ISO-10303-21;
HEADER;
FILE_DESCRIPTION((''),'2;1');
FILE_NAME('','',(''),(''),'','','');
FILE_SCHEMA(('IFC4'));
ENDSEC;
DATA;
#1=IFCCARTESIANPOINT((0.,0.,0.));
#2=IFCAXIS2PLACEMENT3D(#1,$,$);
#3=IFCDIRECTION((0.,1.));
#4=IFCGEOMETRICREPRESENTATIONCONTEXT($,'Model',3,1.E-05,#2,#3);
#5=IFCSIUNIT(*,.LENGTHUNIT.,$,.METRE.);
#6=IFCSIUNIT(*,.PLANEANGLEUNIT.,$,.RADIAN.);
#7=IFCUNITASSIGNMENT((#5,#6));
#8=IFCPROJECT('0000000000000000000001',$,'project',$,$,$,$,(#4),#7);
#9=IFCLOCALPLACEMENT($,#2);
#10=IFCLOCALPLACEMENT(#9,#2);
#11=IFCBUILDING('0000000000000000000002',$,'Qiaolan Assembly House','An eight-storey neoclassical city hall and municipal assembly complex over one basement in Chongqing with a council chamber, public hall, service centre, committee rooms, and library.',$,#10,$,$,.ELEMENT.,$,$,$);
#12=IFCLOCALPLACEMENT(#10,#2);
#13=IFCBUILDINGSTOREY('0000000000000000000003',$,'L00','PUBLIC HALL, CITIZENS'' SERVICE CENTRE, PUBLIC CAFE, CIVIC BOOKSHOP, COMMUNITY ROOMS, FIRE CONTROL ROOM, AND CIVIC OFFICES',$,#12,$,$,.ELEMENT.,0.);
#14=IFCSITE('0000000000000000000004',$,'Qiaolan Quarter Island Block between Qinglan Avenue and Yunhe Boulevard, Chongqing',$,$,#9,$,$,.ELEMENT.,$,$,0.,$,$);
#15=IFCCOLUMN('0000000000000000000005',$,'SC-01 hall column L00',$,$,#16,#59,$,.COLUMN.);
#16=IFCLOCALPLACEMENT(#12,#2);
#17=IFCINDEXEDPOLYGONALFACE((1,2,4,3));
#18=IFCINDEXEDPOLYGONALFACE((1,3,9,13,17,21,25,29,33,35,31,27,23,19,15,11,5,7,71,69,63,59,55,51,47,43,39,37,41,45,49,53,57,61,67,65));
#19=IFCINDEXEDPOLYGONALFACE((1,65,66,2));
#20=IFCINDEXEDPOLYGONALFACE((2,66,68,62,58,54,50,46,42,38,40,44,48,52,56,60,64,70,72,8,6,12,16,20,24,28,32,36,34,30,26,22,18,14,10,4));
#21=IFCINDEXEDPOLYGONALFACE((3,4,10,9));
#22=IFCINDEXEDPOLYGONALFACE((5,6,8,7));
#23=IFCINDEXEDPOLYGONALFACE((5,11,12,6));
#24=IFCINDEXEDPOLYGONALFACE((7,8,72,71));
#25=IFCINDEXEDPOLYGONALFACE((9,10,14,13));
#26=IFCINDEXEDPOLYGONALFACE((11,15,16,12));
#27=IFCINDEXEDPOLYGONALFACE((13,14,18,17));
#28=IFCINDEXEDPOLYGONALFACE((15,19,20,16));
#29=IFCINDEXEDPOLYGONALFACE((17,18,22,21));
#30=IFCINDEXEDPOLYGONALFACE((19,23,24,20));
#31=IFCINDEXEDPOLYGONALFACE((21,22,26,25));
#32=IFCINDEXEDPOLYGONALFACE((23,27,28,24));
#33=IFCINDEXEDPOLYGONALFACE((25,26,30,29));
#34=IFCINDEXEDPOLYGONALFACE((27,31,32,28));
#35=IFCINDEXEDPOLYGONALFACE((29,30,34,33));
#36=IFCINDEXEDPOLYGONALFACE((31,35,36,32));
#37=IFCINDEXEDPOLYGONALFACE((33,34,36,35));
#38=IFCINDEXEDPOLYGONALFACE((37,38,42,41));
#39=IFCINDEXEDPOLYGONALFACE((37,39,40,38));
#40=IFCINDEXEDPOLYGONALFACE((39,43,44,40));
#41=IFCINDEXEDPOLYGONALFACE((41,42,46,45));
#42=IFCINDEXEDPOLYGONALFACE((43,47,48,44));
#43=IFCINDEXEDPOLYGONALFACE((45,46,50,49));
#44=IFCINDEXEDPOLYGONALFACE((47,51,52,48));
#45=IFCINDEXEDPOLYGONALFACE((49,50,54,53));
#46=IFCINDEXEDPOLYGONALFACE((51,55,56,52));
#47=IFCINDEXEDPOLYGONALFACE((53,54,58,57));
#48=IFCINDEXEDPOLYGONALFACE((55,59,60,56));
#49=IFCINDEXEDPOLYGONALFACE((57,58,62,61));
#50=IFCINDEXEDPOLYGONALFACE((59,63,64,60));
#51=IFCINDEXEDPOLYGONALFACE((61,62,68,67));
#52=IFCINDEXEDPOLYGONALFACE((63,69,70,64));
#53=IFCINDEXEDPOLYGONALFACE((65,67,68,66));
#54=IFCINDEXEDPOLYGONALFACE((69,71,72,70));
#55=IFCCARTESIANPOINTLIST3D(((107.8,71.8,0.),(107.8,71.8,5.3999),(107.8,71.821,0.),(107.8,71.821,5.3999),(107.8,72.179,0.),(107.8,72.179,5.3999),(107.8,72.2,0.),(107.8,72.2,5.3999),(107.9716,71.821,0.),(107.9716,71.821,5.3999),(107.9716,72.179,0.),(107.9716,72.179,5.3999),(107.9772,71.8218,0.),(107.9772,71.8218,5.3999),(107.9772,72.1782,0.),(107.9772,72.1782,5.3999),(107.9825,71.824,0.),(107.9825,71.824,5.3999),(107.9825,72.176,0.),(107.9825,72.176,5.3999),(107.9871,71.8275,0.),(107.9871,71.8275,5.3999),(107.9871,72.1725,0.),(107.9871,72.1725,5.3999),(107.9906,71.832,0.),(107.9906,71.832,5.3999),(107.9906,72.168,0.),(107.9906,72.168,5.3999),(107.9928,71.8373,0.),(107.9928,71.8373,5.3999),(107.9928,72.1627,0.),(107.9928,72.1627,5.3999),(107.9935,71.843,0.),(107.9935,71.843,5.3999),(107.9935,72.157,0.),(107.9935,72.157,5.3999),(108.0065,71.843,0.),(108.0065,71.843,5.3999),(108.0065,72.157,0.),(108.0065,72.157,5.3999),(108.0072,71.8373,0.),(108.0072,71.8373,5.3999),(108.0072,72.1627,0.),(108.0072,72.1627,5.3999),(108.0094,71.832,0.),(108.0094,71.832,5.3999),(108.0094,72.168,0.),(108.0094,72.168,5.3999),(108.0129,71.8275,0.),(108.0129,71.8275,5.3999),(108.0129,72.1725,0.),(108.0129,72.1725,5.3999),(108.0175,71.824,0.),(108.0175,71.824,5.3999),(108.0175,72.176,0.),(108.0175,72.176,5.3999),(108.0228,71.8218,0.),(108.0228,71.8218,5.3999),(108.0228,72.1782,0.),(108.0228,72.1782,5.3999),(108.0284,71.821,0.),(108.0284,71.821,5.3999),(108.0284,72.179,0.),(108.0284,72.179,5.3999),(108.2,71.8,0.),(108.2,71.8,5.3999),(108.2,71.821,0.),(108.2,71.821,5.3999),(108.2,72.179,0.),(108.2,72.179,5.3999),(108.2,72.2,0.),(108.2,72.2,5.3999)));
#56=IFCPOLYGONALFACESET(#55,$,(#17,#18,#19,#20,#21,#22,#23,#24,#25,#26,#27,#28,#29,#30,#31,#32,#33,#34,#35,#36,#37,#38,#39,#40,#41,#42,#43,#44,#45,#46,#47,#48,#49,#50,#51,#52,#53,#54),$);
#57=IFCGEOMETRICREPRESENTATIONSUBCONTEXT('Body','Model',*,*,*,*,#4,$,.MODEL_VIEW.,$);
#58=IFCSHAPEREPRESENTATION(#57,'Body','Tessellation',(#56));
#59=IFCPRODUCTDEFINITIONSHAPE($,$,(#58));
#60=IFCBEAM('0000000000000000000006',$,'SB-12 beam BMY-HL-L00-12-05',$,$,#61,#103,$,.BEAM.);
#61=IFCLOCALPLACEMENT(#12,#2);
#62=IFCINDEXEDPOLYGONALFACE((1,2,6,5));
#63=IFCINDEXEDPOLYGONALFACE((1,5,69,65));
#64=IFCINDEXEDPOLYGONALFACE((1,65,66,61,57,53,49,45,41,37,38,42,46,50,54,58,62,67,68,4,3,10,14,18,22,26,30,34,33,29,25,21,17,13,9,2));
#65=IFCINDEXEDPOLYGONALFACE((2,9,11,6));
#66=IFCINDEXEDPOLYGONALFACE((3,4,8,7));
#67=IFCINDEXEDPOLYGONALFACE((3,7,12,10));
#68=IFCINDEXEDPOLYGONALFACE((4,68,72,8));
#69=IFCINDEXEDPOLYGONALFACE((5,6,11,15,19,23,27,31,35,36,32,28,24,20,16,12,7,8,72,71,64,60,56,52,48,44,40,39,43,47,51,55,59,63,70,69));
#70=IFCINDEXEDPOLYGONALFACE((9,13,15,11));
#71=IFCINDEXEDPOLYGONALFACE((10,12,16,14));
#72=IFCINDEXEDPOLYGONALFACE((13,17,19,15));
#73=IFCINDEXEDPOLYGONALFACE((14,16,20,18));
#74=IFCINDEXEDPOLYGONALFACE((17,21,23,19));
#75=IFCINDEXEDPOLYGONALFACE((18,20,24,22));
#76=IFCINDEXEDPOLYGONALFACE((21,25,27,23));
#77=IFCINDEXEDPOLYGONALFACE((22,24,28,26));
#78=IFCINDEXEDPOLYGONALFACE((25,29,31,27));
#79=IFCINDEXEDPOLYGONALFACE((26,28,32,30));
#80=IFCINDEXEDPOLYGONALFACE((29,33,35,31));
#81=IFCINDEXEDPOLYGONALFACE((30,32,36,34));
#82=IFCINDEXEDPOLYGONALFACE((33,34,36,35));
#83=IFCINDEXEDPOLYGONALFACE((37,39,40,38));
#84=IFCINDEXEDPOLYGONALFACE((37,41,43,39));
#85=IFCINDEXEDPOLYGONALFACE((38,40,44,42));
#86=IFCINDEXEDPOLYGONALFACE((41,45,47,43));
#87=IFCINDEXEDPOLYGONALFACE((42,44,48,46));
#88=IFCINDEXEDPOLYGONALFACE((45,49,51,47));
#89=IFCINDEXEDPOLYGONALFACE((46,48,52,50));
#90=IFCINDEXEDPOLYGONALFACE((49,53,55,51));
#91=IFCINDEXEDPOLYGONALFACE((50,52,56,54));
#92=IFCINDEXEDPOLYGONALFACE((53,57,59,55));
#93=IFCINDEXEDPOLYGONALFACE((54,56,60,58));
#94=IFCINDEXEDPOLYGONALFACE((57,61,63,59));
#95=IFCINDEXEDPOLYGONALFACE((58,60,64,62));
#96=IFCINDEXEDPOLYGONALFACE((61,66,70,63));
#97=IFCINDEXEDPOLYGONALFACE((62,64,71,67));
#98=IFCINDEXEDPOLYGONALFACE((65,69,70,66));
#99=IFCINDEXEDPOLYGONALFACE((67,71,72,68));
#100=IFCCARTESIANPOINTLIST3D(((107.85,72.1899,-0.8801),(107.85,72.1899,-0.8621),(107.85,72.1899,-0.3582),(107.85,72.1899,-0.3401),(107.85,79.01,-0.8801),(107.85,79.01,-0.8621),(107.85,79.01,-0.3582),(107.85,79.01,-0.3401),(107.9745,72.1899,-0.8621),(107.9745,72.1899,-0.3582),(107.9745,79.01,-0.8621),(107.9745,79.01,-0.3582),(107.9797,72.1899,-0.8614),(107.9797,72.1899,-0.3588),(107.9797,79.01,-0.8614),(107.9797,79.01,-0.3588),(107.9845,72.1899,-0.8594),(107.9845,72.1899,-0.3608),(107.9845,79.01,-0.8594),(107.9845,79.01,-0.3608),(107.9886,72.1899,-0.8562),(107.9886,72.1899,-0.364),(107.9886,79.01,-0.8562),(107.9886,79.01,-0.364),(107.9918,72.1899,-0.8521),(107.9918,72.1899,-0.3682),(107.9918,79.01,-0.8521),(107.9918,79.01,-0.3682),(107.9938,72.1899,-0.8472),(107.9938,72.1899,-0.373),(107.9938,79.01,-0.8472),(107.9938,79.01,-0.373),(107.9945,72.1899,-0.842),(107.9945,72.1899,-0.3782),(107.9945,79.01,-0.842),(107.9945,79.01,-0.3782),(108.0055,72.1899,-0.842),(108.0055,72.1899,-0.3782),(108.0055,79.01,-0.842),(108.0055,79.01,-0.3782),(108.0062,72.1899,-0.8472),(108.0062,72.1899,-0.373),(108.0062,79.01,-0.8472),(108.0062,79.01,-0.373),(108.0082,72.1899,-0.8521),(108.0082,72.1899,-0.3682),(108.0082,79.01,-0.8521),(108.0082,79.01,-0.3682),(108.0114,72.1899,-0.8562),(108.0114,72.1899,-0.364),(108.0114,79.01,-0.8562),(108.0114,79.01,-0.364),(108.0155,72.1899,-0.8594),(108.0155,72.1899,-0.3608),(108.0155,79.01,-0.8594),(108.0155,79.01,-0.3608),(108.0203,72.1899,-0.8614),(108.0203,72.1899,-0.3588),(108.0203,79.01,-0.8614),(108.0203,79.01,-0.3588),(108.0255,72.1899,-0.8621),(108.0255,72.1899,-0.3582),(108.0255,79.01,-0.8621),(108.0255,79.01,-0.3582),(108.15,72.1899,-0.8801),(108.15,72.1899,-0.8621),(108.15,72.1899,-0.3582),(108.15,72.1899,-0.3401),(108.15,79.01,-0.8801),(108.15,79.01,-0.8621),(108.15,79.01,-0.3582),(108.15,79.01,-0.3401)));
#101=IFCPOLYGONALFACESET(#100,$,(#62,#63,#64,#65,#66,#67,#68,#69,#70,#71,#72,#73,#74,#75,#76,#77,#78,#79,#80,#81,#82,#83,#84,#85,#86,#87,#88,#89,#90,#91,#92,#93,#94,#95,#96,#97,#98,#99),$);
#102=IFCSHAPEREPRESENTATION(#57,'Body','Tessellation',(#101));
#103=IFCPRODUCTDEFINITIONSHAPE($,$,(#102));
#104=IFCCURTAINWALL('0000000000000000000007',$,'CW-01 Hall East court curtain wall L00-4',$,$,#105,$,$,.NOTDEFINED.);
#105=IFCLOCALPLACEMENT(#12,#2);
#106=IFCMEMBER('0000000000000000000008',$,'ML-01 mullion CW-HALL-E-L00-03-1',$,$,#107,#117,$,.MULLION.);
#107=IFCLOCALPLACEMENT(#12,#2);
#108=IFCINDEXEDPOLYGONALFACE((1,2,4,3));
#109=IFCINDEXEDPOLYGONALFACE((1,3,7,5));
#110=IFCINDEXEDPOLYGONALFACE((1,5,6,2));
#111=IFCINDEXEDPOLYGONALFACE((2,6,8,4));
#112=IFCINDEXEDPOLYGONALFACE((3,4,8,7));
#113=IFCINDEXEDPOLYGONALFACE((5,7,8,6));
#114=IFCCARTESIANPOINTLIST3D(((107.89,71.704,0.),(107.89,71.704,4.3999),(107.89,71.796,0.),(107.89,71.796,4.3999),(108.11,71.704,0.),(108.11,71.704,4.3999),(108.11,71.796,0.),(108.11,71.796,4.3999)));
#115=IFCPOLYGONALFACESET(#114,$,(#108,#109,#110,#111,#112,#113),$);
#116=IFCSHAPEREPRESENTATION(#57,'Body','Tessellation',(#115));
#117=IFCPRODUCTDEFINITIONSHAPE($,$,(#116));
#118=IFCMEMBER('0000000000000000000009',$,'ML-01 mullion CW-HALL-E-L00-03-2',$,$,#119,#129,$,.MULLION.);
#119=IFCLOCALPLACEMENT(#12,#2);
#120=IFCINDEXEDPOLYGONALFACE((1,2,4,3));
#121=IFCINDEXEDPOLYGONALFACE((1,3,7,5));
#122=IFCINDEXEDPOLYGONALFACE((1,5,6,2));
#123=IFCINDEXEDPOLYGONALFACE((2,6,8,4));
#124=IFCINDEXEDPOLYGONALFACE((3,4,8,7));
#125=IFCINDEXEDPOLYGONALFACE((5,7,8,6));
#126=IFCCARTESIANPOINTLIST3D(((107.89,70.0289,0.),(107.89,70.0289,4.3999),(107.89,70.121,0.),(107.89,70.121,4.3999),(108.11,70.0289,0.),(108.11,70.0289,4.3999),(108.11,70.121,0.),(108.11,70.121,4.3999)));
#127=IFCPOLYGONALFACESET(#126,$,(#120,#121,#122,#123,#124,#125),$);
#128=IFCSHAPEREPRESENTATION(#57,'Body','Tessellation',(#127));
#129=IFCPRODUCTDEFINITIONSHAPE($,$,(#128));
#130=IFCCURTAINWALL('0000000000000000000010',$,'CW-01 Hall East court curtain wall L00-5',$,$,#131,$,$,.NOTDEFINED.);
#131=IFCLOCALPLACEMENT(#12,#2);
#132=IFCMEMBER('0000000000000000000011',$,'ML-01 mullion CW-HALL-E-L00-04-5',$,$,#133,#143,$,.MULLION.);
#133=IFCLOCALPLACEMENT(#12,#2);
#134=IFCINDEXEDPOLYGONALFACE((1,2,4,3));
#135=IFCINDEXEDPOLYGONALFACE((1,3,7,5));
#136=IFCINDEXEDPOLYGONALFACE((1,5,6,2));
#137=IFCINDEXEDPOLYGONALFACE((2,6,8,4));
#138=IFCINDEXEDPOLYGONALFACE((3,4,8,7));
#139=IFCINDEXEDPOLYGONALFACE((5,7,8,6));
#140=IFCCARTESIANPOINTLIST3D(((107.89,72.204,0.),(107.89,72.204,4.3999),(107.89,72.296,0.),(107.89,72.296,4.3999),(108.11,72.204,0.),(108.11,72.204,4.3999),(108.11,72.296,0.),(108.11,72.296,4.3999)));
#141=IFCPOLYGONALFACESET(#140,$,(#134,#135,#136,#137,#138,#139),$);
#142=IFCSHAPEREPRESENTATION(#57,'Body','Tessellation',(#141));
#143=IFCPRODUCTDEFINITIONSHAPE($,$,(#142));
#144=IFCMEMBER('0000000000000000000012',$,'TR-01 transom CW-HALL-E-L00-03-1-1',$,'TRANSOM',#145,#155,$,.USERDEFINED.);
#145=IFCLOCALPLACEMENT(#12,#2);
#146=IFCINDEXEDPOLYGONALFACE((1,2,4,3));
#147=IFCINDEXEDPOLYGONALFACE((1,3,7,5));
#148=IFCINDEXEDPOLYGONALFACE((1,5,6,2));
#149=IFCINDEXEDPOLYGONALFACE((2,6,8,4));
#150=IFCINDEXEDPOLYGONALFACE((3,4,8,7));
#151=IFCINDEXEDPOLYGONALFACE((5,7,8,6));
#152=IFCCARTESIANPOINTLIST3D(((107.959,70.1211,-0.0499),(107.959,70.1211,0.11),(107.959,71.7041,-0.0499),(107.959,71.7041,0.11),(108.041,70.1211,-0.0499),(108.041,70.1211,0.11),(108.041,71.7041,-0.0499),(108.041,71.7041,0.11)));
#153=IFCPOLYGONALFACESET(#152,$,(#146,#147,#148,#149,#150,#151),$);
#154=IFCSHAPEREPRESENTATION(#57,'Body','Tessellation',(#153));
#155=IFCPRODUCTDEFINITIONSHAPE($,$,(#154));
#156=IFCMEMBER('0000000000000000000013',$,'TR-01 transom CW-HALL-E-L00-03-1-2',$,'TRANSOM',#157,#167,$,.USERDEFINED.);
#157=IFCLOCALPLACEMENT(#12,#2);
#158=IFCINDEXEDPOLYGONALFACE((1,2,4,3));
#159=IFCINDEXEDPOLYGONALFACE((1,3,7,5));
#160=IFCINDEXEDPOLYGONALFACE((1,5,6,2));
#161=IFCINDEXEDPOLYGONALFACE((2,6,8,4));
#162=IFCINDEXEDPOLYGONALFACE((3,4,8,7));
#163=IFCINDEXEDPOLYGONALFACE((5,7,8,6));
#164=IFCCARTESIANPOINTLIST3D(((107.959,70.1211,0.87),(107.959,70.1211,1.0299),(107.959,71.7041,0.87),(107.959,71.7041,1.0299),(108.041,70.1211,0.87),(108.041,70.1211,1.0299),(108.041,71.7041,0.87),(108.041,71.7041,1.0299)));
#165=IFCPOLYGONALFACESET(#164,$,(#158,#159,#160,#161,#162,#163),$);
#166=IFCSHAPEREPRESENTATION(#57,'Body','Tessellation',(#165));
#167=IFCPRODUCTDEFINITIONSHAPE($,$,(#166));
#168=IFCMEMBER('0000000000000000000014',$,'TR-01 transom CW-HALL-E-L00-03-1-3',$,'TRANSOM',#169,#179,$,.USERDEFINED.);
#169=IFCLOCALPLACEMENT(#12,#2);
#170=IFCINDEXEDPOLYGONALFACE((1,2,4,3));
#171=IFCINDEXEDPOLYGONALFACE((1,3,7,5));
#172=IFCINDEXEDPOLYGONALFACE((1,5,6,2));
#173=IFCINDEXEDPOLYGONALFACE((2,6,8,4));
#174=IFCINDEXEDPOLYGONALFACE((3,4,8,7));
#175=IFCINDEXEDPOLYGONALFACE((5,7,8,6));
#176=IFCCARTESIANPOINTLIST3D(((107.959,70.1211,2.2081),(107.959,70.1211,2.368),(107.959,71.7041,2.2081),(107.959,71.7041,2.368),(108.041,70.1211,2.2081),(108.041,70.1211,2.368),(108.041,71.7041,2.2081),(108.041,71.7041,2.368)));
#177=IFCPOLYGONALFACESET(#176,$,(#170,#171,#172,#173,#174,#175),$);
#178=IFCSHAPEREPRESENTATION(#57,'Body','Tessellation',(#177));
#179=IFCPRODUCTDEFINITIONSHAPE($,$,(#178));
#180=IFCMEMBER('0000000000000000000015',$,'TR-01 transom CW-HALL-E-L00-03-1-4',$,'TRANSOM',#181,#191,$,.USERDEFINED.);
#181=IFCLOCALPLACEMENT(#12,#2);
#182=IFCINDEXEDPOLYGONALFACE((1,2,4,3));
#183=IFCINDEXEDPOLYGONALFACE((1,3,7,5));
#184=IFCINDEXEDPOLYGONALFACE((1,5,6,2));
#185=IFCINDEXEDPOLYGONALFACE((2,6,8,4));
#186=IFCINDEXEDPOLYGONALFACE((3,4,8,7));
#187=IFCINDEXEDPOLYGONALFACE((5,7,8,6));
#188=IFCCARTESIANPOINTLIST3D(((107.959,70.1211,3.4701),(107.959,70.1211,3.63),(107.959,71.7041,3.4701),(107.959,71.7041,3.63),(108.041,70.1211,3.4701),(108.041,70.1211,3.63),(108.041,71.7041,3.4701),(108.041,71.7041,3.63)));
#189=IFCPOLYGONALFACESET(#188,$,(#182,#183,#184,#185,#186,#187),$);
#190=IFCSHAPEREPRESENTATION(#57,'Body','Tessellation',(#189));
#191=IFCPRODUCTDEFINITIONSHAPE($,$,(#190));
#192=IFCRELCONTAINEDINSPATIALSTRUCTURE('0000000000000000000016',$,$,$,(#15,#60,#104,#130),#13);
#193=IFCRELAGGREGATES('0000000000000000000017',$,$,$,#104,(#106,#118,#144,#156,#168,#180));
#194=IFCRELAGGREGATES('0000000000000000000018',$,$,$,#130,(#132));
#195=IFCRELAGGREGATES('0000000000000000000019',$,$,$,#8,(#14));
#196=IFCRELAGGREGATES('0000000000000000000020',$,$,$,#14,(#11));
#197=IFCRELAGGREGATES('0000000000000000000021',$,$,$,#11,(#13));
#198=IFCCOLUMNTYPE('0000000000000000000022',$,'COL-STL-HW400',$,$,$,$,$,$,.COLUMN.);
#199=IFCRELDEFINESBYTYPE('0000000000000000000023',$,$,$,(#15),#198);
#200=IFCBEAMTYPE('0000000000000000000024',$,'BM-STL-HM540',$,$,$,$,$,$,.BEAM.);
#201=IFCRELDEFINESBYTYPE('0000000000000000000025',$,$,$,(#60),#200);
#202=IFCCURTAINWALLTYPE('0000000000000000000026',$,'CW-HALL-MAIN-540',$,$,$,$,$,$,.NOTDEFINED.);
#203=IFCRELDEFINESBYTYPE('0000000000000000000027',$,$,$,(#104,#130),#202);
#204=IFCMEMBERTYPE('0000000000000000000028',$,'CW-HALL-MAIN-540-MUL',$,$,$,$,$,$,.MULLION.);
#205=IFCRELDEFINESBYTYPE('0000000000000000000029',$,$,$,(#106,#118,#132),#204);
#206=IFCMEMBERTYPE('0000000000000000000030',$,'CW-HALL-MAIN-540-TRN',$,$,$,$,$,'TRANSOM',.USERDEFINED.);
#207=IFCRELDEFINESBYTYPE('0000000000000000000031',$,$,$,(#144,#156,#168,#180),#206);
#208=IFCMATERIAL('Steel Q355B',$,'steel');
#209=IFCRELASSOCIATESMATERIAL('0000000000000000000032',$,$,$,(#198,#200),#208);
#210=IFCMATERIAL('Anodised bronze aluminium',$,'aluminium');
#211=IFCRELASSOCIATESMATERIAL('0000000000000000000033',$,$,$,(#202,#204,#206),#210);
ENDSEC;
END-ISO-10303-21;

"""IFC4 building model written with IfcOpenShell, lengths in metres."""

from ifc_helpers import new_model, si_unit, direction, frame, origin, origin_2d, place, context, subcontext, project, spatial, rectangle, i_section, extrude, material, material_profile, profile_set, type_object, element, aggregate, save


model = new_model("IFC4")

# Units and contexts
model_context = context("Model", 3, precision=1e-05, world=origin(), true_north=direction((0.0, 1.0)))
body_context = subcontext(model_context, "Body", "Model", "MODEL_VIEW")
ifc_project = project(units=[si_unit("LENGTHUNIT", "METRE"), si_unit("PLANEANGLEUNIT", "RADIAN")], contexts=[model_context])

# Site, building, storey
site_placement = place(None, origin())
site = spatial("IfcSite", under=ifc_project, at=site_placement, Name="Qiaolan Quarter Island Block between Qinglan Avenue and Yunhe Boulevard, Chongqing", CompositionType="ELEMENT", RefElevation=0.0)
building_placement = place(site_placement, origin())
building = spatial("IfcBuilding", under=site, at=building_placement, Name="Qiaolan Assembly House", Description="An eight-storey neoclassical city hall and municipal assembly complex over one basement in Chongqing with a council chamber, public hall, service centre, committee rooms, and library.", CompositionType="ELEMENT")
storey_placement = place(building_placement, origin())
storey = spatial("IfcBuildingStorey", under=building, at=storey_placement, Name="L00", Description="PUBLIC HALL, CITIZENS' SERVICE CENTRE, PUBLIC CAFE, CIVIC BOOKSHOP, COMMUNITY ROOMS, FIRE CONTROL ROOM, AND CIVIC OFFICES", CompositionType="ELEMENT", Elevation=0.0)

# Column
ifc_material_1 = material(Name="Steel Q355B", Category="steel")
ifc_material_profile_1 = material_profile(ifc_material_1, i_section(OverallWidth=0.3999, OverallDepth=0.3999, WebThickness=0.0129, FlangeThickness=0.021, FilletRadius=0.022, at=origin_2d()), Name="HW 400x400x13x21")
ifc_profile_set_1 = profile_set([ifc_material_profile_1], Name="Steel Q355B")
column_type = type_object("IfcColumnType", Name="COL-STL-HW400", PredefinedType="COLUMN", material=ifc_profile_set_1)
column_placement = place(storey_placement, frame((108.0, 72.0, 0.0), z_axis=(0.0, 0.0, 1.0), x_axis=(1.0, 0.0, 0.0)))
element("IfcColumn", 1, at=column_placement, inside=storey, type_object=column_type, Name="SC-01 hall column L00", PredefinedType="COLUMN", context=body_context, shape_type="SweptSolid", body=[
    extrude(i_section(OverallWidth=0.3999, OverallDepth=0.3999, WebThickness=0.0129, FlangeThickness=0.021, FilletRadius=0.022, at=origin_2d()), origin(), (0.0, 0.0, 1.0), 5.3999),
])

# Beam
ifc_material_profile_2 = material_profile(ifc_material_1, i_section(OverallWidth=0.3, OverallDepth=0.54, WebThickness=0.011, FlangeThickness=0.0181, FilletRadius=0.02, at=origin_2d()), Name="HM 540x300x11x18")
ifc_profile_set_2 = profile_set([ifc_material_profile_2], Name="Steel Q355B")
beam_type = type_object("IfcBeamType", Name="BM-STL-HM540", PredefinedType="BEAM", material=ifc_profile_set_2)
beam_placement = place(storey_placement, frame((108.0, 72.1899, -0.6101), z_axis=(0.0, 1.0, 0.0), x_axis=(-1.0, 0.0, 0.0)))
element("IfcBeam", 2, at=beam_placement, inside=storey, type_object=beam_type, Name="SB-12 beam BMY-HL-L00-12-05", PredefinedType="BEAM", context=body_context, shape_type="SweptSolid", body=[
    extrude(i_section(OverallWidth=0.3, OverallDepth=0.54, WebThickness=0.011, FlangeThickness=0.0181, FilletRadius=0.02, at=origin_2d()), origin(), (0.0, 0.0, 1.0), 6.8201),
])

# Curtain wall, members
ifc_material_2 = material(Name="Anodised bronze aluminium", Category="aluminium")
curtain_wall_type = type_object("IfcCurtainWallType", Name="CW-HALL-MAIN-540", PredefinedType="NOTDEFINED", material=ifc_material_2)
curtain_wall_1_placement = place(storey_placement, origin())
curtain_wall_1 = element("IfcCurtainWall", 3, at=curtain_wall_1_placement, inside=storey, type_object=curtain_wall_type, Name="CW-01 Hall East court curtain wall L00-4", PredefinedType="NOTDEFINED")
ifc_material_profile_3 = material_profile(ifc_material_2, rectangle(XDim=0.092, YDim=0.22, at=origin_2d()), Name="MUL 92x220")
ifc_profile_set_3 = profile_set([ifc_material_profile_3], Name="Anodised bronze aluminium")
member_type_1 = type_object("IfcMemberType", Name="CW-HALL-MAIN-540-MUL", PredefinedType="MULLION", material=ifc_profile_set_3)
member_1_placement = place(storey_placement, frame((108.0, 71.75, 0.0), z_axis=(0.0, 0.0, 1.0), x_axis=(0.0, -1.0, 0.0)))
member_1 = element("IfcMember", 4, at=member_1_placement, type_object=member_type_1, Name="ML-01 mullion CW-HALL-E-L00-03-1", PredefinedType="MULLION", context=body_context, shape_type="SweptSolid", body=[
    extrude(rectangle(XDim=0.092, YDim=0.22, at=origin_2d()), origin(), (0.0, 0.0, 1.0), 4.3999),
])
member_2_placement = place(storey_placement, frame((108.0, 70.075, 0.0), z_axis=(0.0, 0.0, 1.0), x_axis=(0.0, -1.0, 0.0)))
member_2 = element("IfcMember", 5, at=member_2_placement, type_object=member_type_1, Name="ML-01 mullion CW-HALL-E-L00-03-2", PredefinedType="MULLION", context=body_context, shape_type="SweptSolid", body=[
    extrude(rectangle(XDim=0.092, YDim=0.22, at=origin_2d()), origin(), (0.0, 0.0, 1.0), 4.3999),
])

# Curtain wall, member
curtain_wall_2_placement = place(storey_placement, origin())
curtain_wall_2 = element("IfcCurtainWall", 6, at=curtain_wall_2_placement, inside=storey, type_object=curtain_wall_type, Name="CW-01 Hall East court curtain wall L00-5", PredefinedType="NOTDEFINED")
member_3_placement = place(storey_placement, frame((108.0, 72.25, 0.0), z_axis=(0.0, 0.0, 1.0), x_axis=(0.0, -1.0, 0.0)))
member_3 = element("IfcMember", 7, at=member_3_placement, type_object=member_type_1, Name="ML-01 mullion CW-HALL-E-L00-04-5", PredefinedType="MULLION", context=body_context, shape_type="SweptSolid", body=[
    extrude(rectangle(XDim=0.092, YDim=0.22, at=origin_2d()), origin(), (0.0, 0.0, 1.0), 4.3999),
])

# Members
ifc_material_profile_4 = material_profile(ifc_material_2, rectangle(XDim=0.082, YDim=0.1599, at=origin_2d()), Name="TRN 82x160")
ifc_profile_set_4 = profile_set([ifc_material_profile_4], Name="Anodised bronze aluminium")
member_type_2 = type_object("IfcMemberType", Name="CW-HALL-MAIN-540-TRN", ElementType="TRANSOM", PredefinedType="USERDEFINED", material=ifc_profile_set_4)
member_4_placement = place(storey_placement, frame((108.0, 71.7041, 0.03), z_axis=(0.0, -1.0, 0.0), x_axis=(1.0, 0.0, 0.0)))
member_4 = element("IfcMember", 8, at=member_4_placement, type_object=member_type_2, Name="TR-01 transom CW-HALL-E-L00-03-1-1", ObjectType="TRANSOM", PredefinedType="USERDEFINED", context=body_context, shape_type="SweptSolid", body=[
    extrude(rectangle(XDim=0.082, YDim=0.1599, at=origin_2d()), origin(), (0.0, 0.0, 1.0), 1.583),
])
member_5_placement = place(storey_placement, frame((108.0, 71.7041, 0.95), z_axis=(0.0, -1.0, 0.0), x_axis=(1.0, 0.0, 0.0)))
member_5 = element("IfcMember", 9, at=member_5_placement, type_object=member_type_2, Name="TR-01 transom CW-HALL-E-L00-03-1-2", ObjectType="TRANSOM", PredefinedType="USERDEFINED", context=body_context, shape_type="SweptSolid", body=[
    extrude(rectangle(XDim=0.082, YDim=0.1599, at=origin_2d()), origin(), (0.0, 0.0, 1.0), 1.583),
])
member_6_placement = place(storey_placement, frame((108.0, 71.7041, 2.2881), z_axis=(0.0, -1.0, 0.0), x_axis=(1.0, 0.0, 0.0)))
member_6 = element("IfcMember", 10, at=member_6_placement, type_object=member_type_2, Name="TR-01 transom CW-HALL-E-L00-03-1-3", ObjectType="TRANSOM", PredefinedType="USERDEFINED", context=body_context, shape_type="SweptSolid", body=[
    extrude(rectangle(XDim=0.082, YDim=0.1599, at=origin_2d()), origin(), (0.0, 0.0, 1.0), 1.583),
])
member_7_placement = place(storey_placement, frame((108.0, 71.7041, 3.55), z_axis=(0.0, -1.0, 0.0), x_axis=(1.0, 0.0, 0.0)))
member_7 = element("IfcMember", 11, at=member_7_placement, type_object=member_type_2, Name="TR-01 transom CW-HALL-E-L00-03-1-4", ObjectType="TRANSOM", PredefinedType="USERDEFINED", context=body_context, shape_type="SweptSolid", body=[
    extrude(rectangle(XDim=0.082, YDim=0.1599, at=origin_2d()), origin(), (0.0, 0.0, 1.0), 1.583),
])

aggregate(curtain_wall_1, [member_1, member_2, member_4, member_5, member_6, member_7])
aggregate(curtain_wall_2, [member_3])

save(model, "model.ifc")
